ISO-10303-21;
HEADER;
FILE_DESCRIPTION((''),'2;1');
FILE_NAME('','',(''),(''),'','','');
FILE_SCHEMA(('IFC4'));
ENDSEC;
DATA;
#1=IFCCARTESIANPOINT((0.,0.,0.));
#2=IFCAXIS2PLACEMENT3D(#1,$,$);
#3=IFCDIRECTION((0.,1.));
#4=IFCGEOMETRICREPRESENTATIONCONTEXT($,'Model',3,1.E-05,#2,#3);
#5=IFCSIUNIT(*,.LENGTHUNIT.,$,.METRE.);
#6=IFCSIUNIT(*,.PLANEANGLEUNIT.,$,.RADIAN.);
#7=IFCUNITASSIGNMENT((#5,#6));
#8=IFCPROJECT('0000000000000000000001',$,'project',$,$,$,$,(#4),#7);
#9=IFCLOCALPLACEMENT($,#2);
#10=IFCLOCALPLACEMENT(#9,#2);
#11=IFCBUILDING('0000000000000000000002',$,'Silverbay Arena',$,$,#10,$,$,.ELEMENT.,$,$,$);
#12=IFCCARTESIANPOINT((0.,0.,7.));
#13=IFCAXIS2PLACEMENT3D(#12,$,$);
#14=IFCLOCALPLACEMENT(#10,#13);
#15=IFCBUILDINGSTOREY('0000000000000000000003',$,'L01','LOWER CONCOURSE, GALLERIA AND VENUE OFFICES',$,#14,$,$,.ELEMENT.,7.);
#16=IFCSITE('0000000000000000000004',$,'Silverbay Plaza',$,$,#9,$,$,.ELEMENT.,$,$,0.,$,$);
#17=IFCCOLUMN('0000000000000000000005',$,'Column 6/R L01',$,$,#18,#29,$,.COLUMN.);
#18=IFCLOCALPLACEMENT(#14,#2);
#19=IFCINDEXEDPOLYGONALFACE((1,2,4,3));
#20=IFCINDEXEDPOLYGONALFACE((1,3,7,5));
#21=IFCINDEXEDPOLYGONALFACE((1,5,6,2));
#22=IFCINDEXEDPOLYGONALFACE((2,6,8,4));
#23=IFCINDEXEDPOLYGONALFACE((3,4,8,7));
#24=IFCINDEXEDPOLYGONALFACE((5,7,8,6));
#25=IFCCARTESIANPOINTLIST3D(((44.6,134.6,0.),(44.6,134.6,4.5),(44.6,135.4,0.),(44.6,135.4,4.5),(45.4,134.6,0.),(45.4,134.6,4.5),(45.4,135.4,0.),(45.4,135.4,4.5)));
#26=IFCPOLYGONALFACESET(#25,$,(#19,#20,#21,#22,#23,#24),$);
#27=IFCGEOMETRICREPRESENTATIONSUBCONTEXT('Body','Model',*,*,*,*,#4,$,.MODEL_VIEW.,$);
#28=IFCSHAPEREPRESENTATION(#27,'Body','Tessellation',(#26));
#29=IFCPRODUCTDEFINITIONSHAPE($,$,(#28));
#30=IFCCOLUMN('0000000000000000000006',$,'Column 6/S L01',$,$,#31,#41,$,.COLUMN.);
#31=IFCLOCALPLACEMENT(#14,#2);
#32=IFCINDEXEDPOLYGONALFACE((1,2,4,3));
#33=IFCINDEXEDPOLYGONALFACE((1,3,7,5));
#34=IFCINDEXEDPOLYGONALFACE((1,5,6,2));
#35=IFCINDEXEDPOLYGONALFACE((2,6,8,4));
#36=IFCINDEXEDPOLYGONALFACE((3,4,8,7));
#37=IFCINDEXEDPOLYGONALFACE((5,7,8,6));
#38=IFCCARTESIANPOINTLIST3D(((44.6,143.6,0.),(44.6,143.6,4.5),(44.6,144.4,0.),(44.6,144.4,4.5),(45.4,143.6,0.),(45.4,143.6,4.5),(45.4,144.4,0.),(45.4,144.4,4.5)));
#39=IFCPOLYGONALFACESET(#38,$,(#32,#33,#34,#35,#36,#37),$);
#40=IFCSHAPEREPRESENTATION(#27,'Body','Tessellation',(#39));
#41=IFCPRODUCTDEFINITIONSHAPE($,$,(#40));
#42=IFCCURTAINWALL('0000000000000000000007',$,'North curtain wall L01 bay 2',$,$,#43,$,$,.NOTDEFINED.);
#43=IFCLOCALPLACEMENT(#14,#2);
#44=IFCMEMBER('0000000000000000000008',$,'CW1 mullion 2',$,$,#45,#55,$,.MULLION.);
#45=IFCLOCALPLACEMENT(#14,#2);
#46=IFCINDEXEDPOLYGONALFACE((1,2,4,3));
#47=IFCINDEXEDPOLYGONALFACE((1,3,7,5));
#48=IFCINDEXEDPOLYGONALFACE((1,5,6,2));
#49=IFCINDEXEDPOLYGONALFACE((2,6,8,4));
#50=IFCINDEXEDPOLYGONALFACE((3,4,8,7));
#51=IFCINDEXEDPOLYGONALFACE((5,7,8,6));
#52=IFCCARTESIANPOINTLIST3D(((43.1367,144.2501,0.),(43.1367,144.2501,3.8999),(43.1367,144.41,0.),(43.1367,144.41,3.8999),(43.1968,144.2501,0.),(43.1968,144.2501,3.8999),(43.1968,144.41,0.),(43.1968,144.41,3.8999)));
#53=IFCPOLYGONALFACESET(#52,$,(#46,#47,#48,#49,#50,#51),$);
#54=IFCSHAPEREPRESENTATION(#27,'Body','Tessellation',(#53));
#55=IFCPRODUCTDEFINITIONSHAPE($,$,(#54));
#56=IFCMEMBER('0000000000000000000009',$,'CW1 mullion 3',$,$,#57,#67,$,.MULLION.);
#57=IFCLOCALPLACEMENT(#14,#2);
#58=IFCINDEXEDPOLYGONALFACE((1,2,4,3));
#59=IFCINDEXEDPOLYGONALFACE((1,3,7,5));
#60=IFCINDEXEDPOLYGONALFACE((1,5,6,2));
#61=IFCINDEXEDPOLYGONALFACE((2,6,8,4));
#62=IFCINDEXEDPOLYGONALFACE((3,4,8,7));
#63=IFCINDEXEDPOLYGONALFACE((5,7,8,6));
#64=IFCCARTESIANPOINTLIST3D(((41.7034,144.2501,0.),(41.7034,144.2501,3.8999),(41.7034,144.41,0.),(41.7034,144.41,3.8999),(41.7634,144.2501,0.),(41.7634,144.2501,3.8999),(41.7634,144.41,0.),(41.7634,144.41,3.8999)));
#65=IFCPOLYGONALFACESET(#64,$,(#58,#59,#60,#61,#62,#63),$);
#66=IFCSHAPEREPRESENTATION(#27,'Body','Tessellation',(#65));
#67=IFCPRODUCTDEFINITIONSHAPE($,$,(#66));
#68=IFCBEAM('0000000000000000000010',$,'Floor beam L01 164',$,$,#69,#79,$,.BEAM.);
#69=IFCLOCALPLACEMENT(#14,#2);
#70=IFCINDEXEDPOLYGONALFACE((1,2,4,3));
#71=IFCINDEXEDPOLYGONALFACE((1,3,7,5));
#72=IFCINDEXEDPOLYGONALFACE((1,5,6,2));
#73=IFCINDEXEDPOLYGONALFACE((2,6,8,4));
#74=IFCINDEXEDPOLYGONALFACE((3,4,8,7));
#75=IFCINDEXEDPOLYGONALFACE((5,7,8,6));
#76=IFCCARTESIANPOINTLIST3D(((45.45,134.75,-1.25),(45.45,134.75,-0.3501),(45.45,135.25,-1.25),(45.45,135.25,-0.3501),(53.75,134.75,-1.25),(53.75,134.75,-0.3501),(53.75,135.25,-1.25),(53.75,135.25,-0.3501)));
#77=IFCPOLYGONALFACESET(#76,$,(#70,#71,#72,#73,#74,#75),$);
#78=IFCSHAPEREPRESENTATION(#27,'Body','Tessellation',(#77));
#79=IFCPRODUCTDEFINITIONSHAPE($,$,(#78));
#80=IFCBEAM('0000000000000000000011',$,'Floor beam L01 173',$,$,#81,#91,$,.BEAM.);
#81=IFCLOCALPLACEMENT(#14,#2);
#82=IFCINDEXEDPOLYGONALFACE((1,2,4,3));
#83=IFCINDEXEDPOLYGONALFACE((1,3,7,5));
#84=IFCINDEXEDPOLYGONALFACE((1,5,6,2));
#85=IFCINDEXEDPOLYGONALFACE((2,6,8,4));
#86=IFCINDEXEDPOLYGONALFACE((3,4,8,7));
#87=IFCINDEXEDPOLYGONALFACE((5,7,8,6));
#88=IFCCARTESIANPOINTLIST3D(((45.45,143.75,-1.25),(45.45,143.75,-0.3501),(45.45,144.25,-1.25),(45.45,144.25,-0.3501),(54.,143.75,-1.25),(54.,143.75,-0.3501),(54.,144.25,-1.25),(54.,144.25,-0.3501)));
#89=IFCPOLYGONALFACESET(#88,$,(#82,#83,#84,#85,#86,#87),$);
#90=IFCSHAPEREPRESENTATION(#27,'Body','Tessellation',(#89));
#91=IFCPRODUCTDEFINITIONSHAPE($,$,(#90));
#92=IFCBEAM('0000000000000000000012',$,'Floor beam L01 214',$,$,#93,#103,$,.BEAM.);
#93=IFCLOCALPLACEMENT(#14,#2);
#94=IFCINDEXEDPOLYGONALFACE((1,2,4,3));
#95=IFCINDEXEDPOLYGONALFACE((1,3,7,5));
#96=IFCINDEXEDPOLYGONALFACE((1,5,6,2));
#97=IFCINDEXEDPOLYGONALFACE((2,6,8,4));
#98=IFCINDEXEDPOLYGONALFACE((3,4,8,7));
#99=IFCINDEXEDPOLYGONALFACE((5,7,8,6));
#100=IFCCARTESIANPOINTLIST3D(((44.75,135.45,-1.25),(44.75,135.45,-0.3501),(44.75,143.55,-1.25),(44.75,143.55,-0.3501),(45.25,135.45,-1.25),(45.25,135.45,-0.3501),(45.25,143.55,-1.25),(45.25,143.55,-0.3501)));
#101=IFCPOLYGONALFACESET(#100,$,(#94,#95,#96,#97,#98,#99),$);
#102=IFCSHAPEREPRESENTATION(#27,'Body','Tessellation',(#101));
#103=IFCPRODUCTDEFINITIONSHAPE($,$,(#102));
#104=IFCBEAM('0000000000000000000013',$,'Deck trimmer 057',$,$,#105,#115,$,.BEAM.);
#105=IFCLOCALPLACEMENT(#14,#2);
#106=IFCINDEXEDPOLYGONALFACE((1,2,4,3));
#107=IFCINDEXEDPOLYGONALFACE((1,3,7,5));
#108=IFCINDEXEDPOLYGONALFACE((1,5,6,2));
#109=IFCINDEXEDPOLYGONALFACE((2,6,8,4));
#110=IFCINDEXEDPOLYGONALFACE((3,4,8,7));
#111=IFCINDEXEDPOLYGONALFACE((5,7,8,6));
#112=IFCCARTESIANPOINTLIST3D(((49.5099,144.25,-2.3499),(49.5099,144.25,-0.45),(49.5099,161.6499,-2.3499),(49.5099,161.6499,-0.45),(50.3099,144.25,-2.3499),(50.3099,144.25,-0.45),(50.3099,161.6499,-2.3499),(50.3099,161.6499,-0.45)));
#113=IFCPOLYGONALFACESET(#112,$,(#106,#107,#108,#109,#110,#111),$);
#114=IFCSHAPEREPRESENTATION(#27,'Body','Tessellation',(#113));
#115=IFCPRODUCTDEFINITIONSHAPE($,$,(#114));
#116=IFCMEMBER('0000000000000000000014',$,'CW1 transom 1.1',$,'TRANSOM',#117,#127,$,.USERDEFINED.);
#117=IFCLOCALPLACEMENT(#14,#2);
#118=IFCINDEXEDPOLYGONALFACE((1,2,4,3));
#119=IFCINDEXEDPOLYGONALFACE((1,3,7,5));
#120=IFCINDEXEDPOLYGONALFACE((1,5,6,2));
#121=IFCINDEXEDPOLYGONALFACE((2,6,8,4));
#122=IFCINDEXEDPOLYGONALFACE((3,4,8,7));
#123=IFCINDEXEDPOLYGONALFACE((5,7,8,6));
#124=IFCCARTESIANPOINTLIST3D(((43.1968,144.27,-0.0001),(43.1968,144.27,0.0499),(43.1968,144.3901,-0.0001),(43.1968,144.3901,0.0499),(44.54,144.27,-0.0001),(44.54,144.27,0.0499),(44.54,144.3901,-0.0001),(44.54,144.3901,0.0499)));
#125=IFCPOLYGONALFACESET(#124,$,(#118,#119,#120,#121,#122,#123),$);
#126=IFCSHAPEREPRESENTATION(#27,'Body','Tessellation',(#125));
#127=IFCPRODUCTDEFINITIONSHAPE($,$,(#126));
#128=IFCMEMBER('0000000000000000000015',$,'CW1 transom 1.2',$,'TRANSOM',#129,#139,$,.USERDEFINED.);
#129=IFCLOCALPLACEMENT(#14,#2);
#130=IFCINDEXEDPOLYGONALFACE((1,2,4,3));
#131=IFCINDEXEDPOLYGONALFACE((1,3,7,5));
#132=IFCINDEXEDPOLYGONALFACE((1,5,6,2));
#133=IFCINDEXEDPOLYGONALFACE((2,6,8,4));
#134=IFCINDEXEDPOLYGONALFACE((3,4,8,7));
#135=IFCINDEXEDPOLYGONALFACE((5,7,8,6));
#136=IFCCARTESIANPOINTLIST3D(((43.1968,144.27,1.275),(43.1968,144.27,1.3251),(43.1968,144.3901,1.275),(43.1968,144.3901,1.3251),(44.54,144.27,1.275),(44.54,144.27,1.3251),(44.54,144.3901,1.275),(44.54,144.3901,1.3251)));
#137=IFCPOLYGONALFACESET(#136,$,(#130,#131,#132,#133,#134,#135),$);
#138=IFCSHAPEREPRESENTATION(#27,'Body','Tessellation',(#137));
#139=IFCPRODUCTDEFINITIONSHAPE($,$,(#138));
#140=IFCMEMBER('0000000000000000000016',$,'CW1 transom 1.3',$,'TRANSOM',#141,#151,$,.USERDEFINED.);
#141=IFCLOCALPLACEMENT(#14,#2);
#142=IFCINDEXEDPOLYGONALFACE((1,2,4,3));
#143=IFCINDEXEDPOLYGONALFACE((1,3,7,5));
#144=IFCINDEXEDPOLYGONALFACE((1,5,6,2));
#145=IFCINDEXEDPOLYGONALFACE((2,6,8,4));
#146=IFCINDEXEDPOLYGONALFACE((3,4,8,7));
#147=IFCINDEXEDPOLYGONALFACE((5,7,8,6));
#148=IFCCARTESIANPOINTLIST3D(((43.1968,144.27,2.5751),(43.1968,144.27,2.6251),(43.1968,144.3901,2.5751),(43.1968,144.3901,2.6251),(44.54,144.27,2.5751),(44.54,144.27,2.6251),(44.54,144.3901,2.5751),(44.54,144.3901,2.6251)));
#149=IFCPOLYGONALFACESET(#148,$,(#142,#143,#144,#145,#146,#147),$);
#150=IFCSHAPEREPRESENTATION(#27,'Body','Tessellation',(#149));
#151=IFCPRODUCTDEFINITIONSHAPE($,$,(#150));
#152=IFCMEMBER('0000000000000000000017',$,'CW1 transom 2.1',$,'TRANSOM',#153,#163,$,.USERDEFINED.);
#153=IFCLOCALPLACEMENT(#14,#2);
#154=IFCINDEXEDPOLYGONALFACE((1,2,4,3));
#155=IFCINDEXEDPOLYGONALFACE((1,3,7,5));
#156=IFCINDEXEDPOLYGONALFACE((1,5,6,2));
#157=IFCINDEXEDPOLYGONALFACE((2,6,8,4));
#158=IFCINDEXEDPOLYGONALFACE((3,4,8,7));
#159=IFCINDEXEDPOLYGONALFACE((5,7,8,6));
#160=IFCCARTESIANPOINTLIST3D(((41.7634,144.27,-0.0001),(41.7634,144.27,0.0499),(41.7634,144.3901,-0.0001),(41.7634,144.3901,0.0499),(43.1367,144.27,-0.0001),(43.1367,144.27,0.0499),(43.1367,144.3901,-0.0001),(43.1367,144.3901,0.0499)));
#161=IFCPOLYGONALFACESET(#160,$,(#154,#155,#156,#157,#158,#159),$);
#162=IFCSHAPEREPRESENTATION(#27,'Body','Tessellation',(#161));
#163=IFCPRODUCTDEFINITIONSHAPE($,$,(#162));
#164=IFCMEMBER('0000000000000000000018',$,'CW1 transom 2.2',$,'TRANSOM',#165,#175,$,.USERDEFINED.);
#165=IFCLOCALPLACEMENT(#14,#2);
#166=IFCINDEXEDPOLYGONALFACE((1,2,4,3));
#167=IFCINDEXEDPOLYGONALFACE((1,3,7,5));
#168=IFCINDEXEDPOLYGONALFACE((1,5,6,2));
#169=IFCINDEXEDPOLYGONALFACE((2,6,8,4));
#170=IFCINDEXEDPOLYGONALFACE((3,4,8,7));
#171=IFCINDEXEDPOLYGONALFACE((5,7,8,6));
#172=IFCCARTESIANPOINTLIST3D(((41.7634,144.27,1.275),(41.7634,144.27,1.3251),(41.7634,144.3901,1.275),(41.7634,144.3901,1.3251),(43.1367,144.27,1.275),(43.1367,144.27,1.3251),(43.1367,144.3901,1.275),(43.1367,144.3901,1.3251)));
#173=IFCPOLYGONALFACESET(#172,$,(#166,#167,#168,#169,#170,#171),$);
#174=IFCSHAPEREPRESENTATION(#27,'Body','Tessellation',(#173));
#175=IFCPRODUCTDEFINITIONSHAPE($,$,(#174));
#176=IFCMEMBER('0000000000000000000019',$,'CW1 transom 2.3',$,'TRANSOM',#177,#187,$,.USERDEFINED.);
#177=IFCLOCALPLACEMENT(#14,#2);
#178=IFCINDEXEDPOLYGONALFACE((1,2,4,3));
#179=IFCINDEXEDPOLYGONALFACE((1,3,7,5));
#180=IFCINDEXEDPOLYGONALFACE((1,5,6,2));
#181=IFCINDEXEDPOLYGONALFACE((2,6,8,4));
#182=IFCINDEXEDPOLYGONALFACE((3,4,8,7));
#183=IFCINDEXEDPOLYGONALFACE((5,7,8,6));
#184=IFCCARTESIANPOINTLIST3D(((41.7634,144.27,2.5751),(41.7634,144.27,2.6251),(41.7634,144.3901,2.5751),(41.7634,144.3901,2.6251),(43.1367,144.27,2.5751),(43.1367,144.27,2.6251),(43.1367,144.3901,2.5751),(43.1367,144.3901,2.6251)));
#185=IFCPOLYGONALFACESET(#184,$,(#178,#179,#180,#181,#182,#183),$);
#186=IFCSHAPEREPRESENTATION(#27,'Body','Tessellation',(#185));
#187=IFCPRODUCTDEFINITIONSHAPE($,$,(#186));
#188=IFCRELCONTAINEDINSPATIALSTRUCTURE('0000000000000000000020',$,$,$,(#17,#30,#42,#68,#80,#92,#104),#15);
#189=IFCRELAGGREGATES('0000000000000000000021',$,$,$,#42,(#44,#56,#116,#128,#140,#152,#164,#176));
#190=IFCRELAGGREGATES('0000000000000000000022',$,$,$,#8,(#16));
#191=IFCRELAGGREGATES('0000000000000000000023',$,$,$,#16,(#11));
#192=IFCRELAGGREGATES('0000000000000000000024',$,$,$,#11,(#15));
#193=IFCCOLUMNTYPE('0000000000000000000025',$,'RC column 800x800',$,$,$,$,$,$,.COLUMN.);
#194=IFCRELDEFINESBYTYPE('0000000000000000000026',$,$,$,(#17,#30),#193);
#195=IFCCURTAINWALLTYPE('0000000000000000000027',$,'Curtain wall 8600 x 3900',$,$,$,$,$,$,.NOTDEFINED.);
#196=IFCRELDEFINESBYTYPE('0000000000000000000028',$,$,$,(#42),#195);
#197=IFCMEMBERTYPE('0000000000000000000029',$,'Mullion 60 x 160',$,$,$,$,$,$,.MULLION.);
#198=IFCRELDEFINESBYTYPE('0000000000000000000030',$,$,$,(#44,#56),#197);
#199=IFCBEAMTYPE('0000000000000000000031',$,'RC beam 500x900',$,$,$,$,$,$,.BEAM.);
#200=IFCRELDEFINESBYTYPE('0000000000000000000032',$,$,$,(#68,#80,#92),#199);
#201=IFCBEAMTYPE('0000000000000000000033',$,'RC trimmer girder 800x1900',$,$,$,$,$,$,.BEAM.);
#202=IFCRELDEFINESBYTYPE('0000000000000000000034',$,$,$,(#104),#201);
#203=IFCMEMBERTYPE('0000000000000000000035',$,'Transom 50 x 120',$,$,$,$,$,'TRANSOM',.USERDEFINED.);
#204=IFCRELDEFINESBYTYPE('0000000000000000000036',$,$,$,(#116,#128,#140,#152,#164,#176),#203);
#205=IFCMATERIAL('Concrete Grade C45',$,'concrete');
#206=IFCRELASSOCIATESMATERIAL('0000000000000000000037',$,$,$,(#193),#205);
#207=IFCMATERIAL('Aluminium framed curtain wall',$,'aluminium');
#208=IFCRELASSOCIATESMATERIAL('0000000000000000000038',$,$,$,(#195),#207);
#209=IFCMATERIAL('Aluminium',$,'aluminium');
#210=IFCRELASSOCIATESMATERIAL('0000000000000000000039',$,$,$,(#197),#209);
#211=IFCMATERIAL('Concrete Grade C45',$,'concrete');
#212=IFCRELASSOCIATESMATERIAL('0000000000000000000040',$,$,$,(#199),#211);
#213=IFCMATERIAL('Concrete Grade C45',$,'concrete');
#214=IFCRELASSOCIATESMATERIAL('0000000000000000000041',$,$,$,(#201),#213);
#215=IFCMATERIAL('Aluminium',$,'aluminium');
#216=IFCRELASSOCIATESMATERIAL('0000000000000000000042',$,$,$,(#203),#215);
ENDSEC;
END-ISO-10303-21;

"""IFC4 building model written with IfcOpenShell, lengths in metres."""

from ifc_helpers import new_model, si_unit, direction, frame, origin, origin_2d, place, context, subcontext, project, spatial, rectangle, extrude, material, material_profile, profile_set, type_object, element, aggregate, save


model = new_model("IFC4")

# Units and contexts
model_context = context("Model", 3, precision=1e-05, world=origin(), true_north=direction((0.0, 1.0)))
body_context = subcontext(model_context, "Body", "Model", "MODEL_VIEW")
ifc_project = project(units=[si_unit("LENGTHUNIT", "METRE"), si_unit("PLANEANGLEUNIT", "RADIAN")], contexts=[model_context])

# Site, building, storey
site_placement = place(None, origin())
site = spatial("IfcSite", under=ifc_project, at=site_placement, Name="Silverbay Plaza", CompositionType="ELEMENT", RefElevation=0.0)
building_placement = place(site_placement, origin())
building = spatial("IfcBuilding", under=site, at=building_placement, Name="Silverbay Arena", CompositionType="ELEMENT")
storey_placement = place(building_placement, frame((0.0, 0.0, 7.0)))
storey = spatial("IfcBuildingStorey", under=building, at=storey_placement, Name="L01", Description="LOWER CONCOURSE, GALLERIA AND VENUE OFFICES", CompositionType="ELEMENT", Elevation=7.0)

# Columns
ifc_material_1 = material(Name="Concrete Grade C45", Category="concrete")
ifc_material_profile_1 = material_profile(ifc_material_1, rectangle(XDim=0.8, YDim=0.8, at=origin_2d()), Name="RC 800x800")
ifc_profile_set_1 = profile_set([ifc_material_profile_1], Name="Concrete Grade C45")
column_type = type_object("IfcColumnType", Name="RC column 800x800", PredefinedType="COLUMN", material=ifc_profile_set_1)
for number, where, z_axis, x_axis, name in (
    (1, (45.0, 135.0, 0.0), (0.0, 0.0, 1.0), (1.0, 0.0, 0.0), "Column 6/R L01"),
    (2, (45.0, 144.0, 0.0), (0.0, 0.0, 1.0), (1.0, 0.0, 0.0), "Column 6/S L01"),
):
    element("IfcColumn", number, at=place(storey_placement, frame(where, z_axis=z_axis, x_axis=x_axis)), inside=storey, type_object=column_type, Name=name, PredefinedType="COLUMN", context=body_context, shape_type="SweptSolid", body=[
        extrude(rectangle(XDim=0.8, YDim=0.8, at=origin_2d()), origin(), (0.0, 0.0, 1.0), 4.5),
    ])

# Curtain wall, members
ifc_material_2 = material(Name="Aluminium framed curtain wall", Category="aluminium")
curtain_wall_type = type_object("IfcCurtainWallType", Name="Curtain wall 8600 x 3900", PredefinedType="NOTDEFINED", material=ifc_material_2)
curtain_wall_placement = place(storey_placement, origin())
curtain_wall = element("IfcCurtainWall", 3, at=curtain_wall_placement, inside=storey, type_object=curtain_wall_type, Name="North curtain wall L01 bay 2", PredefinedType="NOTDEFINED")
ifc_material_3 = material(Name="Aluminium", Category="aluminium")
ifc_material_profile_2 = material_profile(ifc_material_3, rectangle(XDim=0.1599, YDim=0.0601, at=origin_2d()), Name="Mullion 60 x 160")
ifc_profile_set_2 = profile_set([ifc_material_profile_2], Name="Aluminium")
member_type_1 = type_object("IfcMemberType", Name="Mullion 60 x 160", PredefinedType="MULLION", material=ifc_profile_set_2)
member_1_placement = place(storey_placement, frame((43.1667, 144.3301, 0.0), z_axis=(0.0, 0.0, 1.0), x_axis=(0.0, -1.0, 0.0)))
member_1 = element("IfcMember", 4, at=member_1_placement, type_object=member_type_1, Name="CW1 mullion 2", PredefinedType="MULLION", context=body_context, shape_type="SweptSolid", body=[
    extrude(rectangle(XDim=0.1599, YDim=0.0601, at=origin_2d()), origin(), (0.0, 0.0, 1.0), 3.8999),
])
member_2_placement = place(storey_placement, frame((41.7334, 144.3301, 0.0), z_axis=(0.0, 0.0, 1.0), x_axis=(0.0, -1.0, 0.0)))
member_2 = element("IfcMember", 5, at=member_2_placement, type_object=member_type_1, Name="CW1 mullion 3", PredefinedType="MULLION", context=body_context, shape_type="SweptSolid", body=[
    extrude(rectangle(XDim=0.1599, YDim=0.0601, at=origin_2d()), origin(), (0.0, 0.0, 1.0), 3.8999),
])

# Beams
ifc_material_4 = material(Name="Concrete Grade C45", Category="concrete")
ifc_material_profile_3 = material_profile(ifc_material_4, rectangle(XDim=0.5, YDim=0.8999, at=origin_2d()), Name="RC 500x900")
ifc_profile_set_3 = profile_set([ifc_material_profile_3], Name="Concrete Grade C45")
beam_type_1 = type_object("IfcBeamType", Name="RC beam 500x900", PredefinedType="BEAM", material=ifc_profile_set_3)
beam_1_placement = place(storey_placement, frame((45.45, 135.0, -0.8), z_axis=(1.0, 0.0, 0.0), x_axis=(0.0, 1.0, 0.0)))
element("IfcBeam", 6, at=beam_1_placement, inside=storey, type_object=beam_type_1, Name="Floor beam L01 164", PredefinedType="BEAM", context=body_context, shape_type="SweptSolid", body=[
    extrude(rectangle(XDim=0.5, YDim=0.8999, at=origin_2d()), origin(), (0.0, 0.0, 1.0), 8.3),
])
beam_2_placement = place(storey_placement, frame((45.45, 144.0, -0.8), z_axis=(1.0, 0.0, 0.0), x_axis=(0.0, 1.0, 0.0)))
element("IfcBeam", 7, at=beam_2_placement, inside=storey, type_object=beam_type_1, Name="Floor beam L01 173", PredefinedType="BEAM", context=body_context, shape_type="SweptSolid", body=[
    extrude(rectangle(XDim=0.5, YDim=0.8999, at=origin_2d()), origin(), (0.0, 0.0, 1.0), 8.55),
])
beam_3_placement = place(storey_placement, frame((45.0, 135.45, -0.8), z_axis=(0.0, 1.0, 0.0), x_axis=(-1.0, 0.0, 0.0)))
element("IfcBeam", 8, at=beam_3_placement, inside=storey, type_object=beam_type_1, Name="Floor beam L01 214", PredefinedType="BEAM", context=body_context, shape_type="SweptSolid", body=[
    extrude(rectangle(XDim=0.5, YDim=0.8999, at=origin_2d()), origin(), (0.0, 0.0, 1.0), 8.1001),
])
ifc_material_5 = material(Name="Concrete Grade C45", Category="concrete")
ifc_material_profile_4 = material_profile(ifc_material_5, rectangle(XDim=0.8, YDim=1.8999, at=origin_2d()), Name="RC 800x1900")
ifc_profile_set_4 = profile_set([ifc_material_profile_4], Name="Concrete Grade C45")
beam_type_2 = type_object("IfcBeamType", Name="RC trimmer girder 800x1900", PredefinedType="BEAM", material=ifc_profile_set_4)
beam_4_placement = place(storey_placement, frame((49.9099, 144.25, -1.3999), z_axis=(0.0, 1.0, 0.0), x_axis=(-1.0, 0.0, 0.0)))
element("IfcBeam", 9, at=beam_4_placement, inside=storey, type_object=beam_type_2, Name="Deck trimmer 057", PredefinedType="BEAM", context=body_context, shape_type="SweptSolid", body=[
    extrude(rectangle(XDim=0.8, YDim=1.8999, at=origin_2d()), origin(), (0.0, 0.0, 1.0), 17.3999),
])

# Members
ifc_material_6 = material(Name="Aluminium", Category="aluminium")
ifc_material_profile_5 = material_profile(ifc_material_6, rectangle(XDim=0.1201, YDim=0.05, at=origin_2d()), Name="Transom 50 x 120")
ifc_profile_set_5 = profile_set([ifc_material_profile_5], Name="Aluminium")
member_type_2 = type_object("IfcMemberType", Name="Transom 50 x 120", ElementType="TRANSOM", PredefinedType="USERDEFINED", material=ifc_profile_set_5)
member_3_placement = place(storey_placement, frame((44.54, 144.3301, 0.0249), z_axis=(-1.0, 0.0, 0.0), x_axis=(0.0, -1.0, 0.0)))
member_3 = element("IfcMember", 10, at=member_3_placement, type_object=member_type_2, Name="CW1 transom 1.1", ObjectType="TRANSOM", PredefinedType="USERDEFINED", context=body_context, shape_type="SweptSolid", body=[
    extrude(rectangle(XDim=0.1201, YDim=0.05, at=origin_2d()), origin(), (0.0, 0.0, 1.0), 1.3433),
])
member_4_placement = place(storey_placement, frame((44.54, 144.3301, 1.3), z_axis=(-1.0, 0.0, 0.0), x_axis=(0.0, -1.0, 0.0)))
member_4 = element("IfcMember", 11, at=member_4_placement, type_object=member_type_2, Name="CW1 transom 1.2", ObjectType="TRANSOM", PredefinedType="USERDEFINED", context=body_context, shape_type="SweptSolid", body=[
    extrude(rectangle(XDim=0.1201, YDim=0.05, at=origin_2d()), origin(), (0.0, 0.0, 1.0), 1.3433),
])
member_5_placement = place(storey_placement, frame((44.54, 144.3301, 2.6001), z_axis=(-1.0, 0.0, 0.0), x_axis=(0.0, -1.0, 0.0)))
member_5 = element("IfcMember", 12, at=member_5_placement, type_object=member_type_2, Name="CW1 transom 1.3", ObjectType="TRANSOM", PredefinedType="USERDEFINED", context=body_context, shape_type="SweptSolid", body=[
    extrude(rectangle(XDim=0.1201, YDim=0.05, at=origin_2d()), origin(), (0.0, 0.0, 1.0), 1.3433),
])
member_6_placement = place(storey_placement, frame((43.1367, 144.3301, 0.0249), z_axis=(-1.0, 0.0, 0.0), x_axis=(0.0, -1.0, 0.0)))
member_6 = element("IfcMember", 13, at=member_6_placement, type_object=member_type_2, Name="CW1 transom 2.1", ObjectType="TRANSOM", PredefinedType="USERDEFINED", context=body_context, shape_type="SweptSolid", body=[
    extrude(rectangle(XDim=0.1201, YDim=0.05, at=origin_2d()), origin(), (0.0, 0.0, 1.0), 1.3733),
])
member_7_placement = place(storey_placement, frame((43.1367, 144.3301, 1.3), z_axis=(-1.0, 0.0, 0.0), x_axis=(0.0, -1.0, 0.0)))
member_7 = element("IfcMember", 14, at=member_7_placement, type_object=member_type_2, Name="CW1 transom 2.2", ObjectType="TRANSOM", PredefinedType="USERDEFINED", context=body_context, shape_type="SweptSolid", body=[
    extrude(rectangle(XDim=0.1201, YDim=0.05, at=origin_2d()), origin(), (0.0, 0.0, 1.0), 1.3733),
])
member_8_placement = place(storey_placement, frame((43.1367, 144.3301, 2.6001), z_axis=(-1.0, 0.0, 0.0), x_axis=(0.0, -1.0, 0.0)))
member_8 = element("IfcMember", 15, at=member_8_placement, type_object=member_type_2, Name="CW1 transom 2.3", ObjectType="TRANSOM", PredefinedType="USERDEFINED", context=body_context, shape_type="SweptSolid", body=[
    extrude(rectangle(XDim=0.1201, YDim=0.05, at=origin_2d()), origin(), (0.0, 0.0, 1.0), 1.3733),
])

aggregate(curtain_wall, [member_1, member_2, member_3, member_4, member_5, member_6, member_7, member_8])

save(model, "model.ifc")
